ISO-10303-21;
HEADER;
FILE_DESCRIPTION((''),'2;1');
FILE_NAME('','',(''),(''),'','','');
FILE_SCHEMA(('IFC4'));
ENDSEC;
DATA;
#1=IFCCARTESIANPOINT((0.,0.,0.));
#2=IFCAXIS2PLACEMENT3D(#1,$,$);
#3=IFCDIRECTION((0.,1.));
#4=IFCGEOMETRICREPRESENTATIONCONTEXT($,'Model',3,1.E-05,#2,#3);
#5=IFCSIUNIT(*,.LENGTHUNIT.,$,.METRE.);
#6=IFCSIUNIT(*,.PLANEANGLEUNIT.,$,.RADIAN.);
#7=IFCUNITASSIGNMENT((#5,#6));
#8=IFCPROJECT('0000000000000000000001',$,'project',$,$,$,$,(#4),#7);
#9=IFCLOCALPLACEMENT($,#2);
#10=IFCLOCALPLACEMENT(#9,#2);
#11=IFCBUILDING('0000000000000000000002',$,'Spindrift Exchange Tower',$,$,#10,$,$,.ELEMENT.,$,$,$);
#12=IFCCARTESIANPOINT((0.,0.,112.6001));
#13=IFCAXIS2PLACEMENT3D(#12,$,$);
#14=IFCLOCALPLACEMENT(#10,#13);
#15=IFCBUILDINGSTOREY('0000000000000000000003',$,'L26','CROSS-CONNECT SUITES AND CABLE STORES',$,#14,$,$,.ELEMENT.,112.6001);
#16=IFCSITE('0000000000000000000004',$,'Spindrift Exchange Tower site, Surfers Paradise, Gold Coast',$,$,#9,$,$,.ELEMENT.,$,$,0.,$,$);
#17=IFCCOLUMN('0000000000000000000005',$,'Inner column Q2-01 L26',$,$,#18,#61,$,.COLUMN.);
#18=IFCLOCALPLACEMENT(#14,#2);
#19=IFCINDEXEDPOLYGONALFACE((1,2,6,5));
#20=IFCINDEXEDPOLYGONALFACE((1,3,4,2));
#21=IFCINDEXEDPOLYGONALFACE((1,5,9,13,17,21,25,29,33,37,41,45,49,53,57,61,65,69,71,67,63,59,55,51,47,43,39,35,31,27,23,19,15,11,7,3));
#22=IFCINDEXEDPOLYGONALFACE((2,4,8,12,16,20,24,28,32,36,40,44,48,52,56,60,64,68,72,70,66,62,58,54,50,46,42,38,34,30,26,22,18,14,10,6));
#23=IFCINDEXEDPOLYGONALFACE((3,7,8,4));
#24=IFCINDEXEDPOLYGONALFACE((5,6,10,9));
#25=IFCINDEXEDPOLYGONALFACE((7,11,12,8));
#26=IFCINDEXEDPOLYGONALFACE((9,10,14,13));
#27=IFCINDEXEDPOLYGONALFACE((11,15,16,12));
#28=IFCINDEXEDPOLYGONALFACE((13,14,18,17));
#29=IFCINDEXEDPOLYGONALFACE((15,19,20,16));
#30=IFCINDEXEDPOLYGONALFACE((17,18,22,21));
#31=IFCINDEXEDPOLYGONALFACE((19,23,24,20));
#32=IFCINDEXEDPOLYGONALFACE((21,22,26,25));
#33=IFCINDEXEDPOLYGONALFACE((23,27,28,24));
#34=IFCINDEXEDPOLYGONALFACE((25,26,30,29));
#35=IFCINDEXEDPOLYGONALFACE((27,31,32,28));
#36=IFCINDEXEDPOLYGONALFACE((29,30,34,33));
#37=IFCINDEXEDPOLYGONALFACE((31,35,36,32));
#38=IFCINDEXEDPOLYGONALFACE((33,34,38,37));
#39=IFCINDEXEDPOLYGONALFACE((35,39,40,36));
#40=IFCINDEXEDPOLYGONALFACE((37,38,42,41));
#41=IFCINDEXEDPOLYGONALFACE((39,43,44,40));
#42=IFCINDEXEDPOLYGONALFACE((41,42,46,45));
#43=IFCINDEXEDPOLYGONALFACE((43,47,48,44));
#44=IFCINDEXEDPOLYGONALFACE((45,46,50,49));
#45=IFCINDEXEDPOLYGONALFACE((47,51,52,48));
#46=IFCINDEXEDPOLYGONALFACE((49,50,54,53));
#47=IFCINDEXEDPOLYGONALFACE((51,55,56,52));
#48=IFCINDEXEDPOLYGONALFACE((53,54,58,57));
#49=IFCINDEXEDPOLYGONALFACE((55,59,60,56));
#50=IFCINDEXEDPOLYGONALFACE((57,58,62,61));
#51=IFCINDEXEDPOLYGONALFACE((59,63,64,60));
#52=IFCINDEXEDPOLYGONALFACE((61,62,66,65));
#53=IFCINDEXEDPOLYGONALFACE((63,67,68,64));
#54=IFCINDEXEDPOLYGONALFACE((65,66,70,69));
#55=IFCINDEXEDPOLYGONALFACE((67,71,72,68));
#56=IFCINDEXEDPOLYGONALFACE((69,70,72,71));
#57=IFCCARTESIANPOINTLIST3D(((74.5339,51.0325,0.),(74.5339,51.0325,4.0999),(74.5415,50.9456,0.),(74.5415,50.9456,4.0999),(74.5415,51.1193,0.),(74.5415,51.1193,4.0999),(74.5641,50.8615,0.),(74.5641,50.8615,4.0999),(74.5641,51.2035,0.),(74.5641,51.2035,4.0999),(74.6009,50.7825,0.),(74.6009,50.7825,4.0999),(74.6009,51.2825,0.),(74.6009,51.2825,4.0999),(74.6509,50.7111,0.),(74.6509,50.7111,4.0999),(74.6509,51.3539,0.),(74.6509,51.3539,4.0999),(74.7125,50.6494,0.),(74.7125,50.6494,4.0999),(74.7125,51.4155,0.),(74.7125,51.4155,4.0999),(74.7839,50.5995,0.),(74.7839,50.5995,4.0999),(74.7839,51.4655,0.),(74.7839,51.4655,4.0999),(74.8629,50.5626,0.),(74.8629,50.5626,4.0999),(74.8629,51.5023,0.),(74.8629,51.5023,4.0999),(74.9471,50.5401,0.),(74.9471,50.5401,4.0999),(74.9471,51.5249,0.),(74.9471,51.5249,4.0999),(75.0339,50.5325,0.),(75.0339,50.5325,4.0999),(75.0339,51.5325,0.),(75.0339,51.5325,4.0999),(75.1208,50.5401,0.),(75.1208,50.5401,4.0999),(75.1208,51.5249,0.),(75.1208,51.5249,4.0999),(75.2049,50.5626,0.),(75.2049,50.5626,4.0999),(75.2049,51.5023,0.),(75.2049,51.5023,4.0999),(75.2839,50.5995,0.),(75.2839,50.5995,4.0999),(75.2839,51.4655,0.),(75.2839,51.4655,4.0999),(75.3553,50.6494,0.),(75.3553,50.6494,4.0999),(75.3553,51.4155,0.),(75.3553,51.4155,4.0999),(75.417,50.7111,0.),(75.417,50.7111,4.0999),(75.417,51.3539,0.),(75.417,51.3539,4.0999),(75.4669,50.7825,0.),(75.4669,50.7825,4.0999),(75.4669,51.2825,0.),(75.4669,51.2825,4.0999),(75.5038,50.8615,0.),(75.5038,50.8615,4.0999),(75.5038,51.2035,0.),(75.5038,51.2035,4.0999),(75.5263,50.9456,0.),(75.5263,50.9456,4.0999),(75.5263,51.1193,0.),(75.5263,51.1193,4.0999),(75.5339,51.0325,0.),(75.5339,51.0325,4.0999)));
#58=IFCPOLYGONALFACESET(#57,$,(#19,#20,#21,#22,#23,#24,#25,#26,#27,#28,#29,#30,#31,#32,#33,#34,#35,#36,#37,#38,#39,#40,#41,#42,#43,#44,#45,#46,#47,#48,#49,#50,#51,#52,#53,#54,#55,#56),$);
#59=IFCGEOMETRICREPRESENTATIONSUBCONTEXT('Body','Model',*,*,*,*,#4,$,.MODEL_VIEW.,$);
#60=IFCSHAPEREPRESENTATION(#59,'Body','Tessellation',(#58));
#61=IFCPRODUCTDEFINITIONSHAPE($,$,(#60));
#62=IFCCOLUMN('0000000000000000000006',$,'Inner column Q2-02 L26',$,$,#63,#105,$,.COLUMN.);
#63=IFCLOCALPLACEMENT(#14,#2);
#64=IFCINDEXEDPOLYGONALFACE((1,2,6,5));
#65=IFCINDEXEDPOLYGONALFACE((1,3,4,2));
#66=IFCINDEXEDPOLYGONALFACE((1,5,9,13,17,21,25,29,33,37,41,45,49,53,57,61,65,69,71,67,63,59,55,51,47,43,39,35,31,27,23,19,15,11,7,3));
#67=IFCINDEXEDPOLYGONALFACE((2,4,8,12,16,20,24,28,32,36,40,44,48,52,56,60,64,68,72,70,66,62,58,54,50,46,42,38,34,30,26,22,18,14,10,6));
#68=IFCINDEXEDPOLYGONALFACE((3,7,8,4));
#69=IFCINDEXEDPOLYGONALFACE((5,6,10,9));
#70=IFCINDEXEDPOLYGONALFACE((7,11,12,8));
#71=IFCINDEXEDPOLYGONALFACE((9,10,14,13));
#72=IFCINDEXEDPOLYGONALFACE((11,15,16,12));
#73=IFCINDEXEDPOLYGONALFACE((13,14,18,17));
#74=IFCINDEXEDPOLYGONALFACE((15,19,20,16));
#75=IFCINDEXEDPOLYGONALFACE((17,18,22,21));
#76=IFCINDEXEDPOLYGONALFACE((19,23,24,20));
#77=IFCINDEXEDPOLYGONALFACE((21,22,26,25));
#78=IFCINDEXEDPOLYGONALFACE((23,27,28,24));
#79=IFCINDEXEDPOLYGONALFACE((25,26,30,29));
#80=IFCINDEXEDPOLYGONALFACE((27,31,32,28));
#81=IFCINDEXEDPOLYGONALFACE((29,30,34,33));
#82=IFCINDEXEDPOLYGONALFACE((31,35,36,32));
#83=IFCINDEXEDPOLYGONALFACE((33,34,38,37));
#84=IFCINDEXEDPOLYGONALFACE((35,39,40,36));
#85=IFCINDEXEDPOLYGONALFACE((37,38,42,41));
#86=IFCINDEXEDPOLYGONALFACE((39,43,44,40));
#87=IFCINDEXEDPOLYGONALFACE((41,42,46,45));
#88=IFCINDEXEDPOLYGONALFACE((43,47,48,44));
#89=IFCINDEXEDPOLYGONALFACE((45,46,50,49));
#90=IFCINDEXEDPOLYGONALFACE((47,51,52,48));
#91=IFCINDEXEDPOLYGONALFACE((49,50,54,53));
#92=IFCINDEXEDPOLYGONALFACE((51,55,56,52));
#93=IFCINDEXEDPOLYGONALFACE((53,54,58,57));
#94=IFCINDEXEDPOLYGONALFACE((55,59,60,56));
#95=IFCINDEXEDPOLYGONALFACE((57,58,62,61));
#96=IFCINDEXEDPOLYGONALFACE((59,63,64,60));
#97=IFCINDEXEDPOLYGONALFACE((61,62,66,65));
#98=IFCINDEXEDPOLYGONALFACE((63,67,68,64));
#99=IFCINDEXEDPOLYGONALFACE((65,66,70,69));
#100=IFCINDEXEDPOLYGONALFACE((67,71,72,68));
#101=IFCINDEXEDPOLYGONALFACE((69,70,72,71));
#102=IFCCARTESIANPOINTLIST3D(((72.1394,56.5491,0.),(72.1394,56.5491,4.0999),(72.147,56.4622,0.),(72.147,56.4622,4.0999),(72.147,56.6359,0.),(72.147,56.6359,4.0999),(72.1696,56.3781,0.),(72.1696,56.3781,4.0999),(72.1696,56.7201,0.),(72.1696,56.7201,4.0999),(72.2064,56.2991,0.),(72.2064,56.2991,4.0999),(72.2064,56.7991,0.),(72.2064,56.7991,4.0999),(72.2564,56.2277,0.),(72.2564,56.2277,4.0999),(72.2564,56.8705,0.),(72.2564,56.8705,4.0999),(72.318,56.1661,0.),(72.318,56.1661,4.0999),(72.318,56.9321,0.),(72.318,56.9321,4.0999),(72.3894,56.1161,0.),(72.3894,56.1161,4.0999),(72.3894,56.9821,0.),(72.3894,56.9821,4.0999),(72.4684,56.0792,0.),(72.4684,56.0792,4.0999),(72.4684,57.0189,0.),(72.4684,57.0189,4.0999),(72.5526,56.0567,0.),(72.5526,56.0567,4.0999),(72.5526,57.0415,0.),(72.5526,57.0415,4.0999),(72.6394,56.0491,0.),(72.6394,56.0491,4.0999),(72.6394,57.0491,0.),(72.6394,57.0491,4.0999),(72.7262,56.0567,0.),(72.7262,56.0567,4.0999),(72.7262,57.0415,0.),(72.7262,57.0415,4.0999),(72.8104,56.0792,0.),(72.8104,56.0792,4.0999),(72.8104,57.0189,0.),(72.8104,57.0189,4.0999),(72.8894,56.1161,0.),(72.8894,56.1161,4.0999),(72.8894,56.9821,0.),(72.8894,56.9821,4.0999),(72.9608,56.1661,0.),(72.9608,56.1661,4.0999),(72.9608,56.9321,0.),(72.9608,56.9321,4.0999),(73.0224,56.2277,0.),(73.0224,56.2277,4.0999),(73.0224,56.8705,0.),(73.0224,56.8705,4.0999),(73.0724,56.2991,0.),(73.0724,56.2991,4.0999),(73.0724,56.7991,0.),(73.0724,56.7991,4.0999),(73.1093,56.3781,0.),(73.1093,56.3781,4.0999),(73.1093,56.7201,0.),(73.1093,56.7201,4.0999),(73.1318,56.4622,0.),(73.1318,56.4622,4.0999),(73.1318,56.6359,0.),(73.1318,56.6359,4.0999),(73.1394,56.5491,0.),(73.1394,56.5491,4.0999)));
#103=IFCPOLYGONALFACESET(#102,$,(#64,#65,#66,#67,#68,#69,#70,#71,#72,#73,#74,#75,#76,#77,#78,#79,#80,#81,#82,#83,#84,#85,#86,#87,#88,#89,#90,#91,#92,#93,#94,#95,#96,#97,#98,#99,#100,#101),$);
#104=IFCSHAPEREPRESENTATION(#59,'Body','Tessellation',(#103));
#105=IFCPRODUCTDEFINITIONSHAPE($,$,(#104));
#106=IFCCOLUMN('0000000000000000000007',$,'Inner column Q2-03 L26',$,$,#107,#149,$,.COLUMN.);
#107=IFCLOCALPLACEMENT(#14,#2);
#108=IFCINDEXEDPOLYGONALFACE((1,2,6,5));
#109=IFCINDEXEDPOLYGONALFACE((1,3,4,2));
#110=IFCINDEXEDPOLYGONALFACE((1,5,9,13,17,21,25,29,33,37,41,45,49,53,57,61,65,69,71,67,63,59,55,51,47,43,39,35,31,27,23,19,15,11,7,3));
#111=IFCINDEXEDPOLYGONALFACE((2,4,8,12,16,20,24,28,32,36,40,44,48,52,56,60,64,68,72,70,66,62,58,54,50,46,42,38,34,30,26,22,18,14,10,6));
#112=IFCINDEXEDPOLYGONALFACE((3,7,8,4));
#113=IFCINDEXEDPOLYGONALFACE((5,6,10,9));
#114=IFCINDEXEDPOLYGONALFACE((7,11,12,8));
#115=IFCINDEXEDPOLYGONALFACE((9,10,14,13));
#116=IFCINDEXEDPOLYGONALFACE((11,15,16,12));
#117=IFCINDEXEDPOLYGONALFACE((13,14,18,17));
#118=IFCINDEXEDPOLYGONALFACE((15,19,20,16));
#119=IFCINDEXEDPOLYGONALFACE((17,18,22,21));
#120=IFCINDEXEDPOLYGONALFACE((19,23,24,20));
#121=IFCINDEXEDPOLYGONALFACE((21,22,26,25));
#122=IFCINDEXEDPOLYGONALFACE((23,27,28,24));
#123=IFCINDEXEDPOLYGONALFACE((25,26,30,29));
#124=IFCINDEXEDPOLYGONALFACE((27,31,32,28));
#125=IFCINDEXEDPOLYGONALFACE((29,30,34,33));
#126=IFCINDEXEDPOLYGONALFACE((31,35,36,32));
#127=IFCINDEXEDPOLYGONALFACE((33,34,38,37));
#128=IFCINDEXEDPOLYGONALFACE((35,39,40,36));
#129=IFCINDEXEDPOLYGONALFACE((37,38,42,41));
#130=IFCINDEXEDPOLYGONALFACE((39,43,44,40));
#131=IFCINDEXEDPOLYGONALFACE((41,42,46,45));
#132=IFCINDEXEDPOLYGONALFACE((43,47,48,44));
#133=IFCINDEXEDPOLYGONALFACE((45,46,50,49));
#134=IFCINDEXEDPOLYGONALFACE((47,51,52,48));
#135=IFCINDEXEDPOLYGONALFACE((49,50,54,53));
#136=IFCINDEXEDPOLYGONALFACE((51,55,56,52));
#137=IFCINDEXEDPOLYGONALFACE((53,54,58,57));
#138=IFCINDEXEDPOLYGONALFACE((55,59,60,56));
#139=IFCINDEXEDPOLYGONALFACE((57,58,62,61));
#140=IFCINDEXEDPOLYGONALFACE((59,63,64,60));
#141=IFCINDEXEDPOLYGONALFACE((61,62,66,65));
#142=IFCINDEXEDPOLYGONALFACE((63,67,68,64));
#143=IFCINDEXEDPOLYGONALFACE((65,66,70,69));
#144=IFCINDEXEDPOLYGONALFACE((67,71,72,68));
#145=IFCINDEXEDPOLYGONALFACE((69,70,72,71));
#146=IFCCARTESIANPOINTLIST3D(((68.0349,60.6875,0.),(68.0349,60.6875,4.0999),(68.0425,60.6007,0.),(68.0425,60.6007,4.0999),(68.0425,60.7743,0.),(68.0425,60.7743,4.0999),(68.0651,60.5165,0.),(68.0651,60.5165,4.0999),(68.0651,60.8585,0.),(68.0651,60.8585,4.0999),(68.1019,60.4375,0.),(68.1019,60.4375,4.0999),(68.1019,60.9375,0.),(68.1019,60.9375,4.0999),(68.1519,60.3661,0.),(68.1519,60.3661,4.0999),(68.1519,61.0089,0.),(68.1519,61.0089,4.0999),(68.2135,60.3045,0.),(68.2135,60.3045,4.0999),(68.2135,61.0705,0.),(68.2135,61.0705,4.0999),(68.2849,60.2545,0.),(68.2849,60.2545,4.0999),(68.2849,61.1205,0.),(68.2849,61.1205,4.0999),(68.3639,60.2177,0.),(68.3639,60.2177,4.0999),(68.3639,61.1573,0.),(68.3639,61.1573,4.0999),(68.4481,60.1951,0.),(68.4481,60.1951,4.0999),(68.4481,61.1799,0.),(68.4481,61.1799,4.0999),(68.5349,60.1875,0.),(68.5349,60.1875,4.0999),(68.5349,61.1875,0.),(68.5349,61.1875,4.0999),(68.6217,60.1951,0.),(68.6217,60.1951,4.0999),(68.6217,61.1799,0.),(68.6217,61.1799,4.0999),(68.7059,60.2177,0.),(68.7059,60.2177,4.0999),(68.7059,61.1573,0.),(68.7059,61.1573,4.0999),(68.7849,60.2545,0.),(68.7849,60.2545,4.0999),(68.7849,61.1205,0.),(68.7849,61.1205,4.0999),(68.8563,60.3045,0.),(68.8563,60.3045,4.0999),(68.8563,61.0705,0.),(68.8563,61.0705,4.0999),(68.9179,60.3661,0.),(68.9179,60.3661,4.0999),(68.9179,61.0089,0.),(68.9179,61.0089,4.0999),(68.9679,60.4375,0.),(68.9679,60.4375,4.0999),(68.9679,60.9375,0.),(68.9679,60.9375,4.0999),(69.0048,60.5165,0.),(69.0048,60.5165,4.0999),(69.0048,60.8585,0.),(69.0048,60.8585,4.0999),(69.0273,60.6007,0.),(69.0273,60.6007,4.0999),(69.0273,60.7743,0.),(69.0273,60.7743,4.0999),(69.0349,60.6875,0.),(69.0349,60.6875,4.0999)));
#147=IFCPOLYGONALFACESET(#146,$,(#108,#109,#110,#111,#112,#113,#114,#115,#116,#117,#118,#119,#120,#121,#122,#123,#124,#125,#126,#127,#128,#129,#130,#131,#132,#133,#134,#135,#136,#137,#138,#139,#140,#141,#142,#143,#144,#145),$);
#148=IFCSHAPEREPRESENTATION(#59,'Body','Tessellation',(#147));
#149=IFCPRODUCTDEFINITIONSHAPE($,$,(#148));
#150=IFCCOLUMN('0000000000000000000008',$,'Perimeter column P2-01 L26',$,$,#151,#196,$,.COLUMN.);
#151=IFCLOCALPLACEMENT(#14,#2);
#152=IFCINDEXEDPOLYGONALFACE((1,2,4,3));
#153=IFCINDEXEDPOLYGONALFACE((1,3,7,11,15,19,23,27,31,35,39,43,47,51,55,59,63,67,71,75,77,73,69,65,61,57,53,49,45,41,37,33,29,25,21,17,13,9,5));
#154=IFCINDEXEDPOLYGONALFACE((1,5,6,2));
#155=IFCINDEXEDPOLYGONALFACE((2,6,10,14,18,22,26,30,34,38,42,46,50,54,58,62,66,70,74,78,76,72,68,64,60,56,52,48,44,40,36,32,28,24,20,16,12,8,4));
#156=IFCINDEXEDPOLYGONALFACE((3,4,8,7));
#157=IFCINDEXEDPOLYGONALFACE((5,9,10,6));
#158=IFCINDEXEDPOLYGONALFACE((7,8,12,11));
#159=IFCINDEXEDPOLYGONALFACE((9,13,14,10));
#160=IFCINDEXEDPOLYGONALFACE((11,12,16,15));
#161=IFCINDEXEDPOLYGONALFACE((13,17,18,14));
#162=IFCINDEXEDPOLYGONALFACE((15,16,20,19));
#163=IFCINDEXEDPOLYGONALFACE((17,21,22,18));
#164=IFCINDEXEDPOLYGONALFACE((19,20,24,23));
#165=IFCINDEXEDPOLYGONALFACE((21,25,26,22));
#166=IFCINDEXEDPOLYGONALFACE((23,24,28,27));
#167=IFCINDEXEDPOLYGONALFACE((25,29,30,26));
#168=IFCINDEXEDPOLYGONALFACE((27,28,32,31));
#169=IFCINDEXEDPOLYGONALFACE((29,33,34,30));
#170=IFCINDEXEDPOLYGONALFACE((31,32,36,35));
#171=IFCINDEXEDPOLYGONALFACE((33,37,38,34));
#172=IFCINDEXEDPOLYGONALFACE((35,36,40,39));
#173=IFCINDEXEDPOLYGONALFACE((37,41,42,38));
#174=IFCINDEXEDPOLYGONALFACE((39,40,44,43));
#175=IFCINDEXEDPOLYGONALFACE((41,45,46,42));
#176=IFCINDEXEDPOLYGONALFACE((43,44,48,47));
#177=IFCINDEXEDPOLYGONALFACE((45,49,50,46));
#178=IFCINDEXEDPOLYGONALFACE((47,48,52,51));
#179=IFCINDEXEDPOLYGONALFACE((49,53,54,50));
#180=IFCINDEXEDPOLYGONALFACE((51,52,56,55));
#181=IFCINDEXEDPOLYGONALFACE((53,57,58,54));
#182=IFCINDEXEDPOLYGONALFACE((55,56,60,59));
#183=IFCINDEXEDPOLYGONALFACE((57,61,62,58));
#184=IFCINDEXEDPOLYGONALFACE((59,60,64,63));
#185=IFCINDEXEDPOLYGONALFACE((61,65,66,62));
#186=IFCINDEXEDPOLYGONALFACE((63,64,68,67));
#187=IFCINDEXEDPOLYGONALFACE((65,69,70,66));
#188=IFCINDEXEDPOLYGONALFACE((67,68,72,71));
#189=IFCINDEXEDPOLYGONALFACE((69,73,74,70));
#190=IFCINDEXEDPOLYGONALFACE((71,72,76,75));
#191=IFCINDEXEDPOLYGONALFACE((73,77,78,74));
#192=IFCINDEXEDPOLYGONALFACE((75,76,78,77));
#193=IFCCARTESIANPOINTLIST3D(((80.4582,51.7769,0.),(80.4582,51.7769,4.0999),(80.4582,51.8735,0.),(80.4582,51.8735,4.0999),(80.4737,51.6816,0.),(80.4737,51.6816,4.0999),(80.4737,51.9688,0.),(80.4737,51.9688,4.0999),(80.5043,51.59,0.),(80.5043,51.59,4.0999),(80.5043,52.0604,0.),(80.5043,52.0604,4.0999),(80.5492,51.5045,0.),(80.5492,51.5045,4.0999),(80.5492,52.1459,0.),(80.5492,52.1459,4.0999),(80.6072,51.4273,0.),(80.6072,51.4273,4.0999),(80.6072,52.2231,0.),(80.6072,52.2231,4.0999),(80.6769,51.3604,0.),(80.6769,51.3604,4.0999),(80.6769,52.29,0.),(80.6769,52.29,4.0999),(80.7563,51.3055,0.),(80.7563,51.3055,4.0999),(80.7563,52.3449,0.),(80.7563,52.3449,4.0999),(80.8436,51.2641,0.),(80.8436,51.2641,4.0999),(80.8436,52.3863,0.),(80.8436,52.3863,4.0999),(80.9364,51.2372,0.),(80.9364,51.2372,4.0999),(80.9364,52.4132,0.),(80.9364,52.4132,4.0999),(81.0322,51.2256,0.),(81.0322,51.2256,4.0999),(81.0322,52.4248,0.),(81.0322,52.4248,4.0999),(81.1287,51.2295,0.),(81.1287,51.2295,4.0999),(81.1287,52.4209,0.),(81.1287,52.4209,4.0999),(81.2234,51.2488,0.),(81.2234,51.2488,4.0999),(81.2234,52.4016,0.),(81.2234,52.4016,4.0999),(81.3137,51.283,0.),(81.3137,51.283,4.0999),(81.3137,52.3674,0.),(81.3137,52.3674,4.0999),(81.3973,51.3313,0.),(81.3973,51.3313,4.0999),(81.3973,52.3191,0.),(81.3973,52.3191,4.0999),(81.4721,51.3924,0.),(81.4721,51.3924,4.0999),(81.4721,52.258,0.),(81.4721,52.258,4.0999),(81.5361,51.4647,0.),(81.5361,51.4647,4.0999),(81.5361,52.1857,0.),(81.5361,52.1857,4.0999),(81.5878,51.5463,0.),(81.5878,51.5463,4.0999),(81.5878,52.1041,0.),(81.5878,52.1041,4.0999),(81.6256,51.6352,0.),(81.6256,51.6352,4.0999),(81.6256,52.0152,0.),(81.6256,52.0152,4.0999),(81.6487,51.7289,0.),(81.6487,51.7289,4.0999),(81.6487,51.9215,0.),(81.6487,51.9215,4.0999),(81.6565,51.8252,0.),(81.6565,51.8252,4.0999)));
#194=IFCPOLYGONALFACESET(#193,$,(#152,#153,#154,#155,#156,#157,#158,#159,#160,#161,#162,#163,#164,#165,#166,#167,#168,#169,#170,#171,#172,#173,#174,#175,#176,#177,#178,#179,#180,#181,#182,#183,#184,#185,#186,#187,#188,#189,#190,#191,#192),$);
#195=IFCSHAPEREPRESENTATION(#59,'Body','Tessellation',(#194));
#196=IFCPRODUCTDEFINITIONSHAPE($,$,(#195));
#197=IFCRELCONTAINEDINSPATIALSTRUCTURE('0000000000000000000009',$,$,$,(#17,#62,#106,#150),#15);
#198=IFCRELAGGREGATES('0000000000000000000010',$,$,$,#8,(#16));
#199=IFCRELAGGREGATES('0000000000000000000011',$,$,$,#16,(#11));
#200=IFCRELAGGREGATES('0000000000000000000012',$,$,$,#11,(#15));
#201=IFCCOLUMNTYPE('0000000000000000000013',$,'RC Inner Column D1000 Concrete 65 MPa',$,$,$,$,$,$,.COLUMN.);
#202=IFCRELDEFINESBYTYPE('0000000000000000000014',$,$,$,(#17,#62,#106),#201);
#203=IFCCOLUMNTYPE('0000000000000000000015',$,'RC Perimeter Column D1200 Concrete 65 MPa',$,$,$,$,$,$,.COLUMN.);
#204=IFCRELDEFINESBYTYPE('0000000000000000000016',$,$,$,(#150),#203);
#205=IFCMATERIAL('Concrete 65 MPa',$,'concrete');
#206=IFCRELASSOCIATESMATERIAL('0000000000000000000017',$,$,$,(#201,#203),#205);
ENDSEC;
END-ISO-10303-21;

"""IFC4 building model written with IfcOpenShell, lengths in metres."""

from ifc_helpers import new_model, si_unit, direction, frame, origin, origin_2d, place, context, subcontext, project, spatial, circle, extrude, source, transform, mapped, material, material_profile, profile_set, type_object, element, save


model = new_model("IFC4")

# Units and contexts
model_context = context("Model", 3, precision=1e-05, world=origin(), true_north=direction((0.0, 1.0)))
body_context = subcontext(model_context, "Body", "Model", "MODEL_VIEW")
ifc_project = project(units=[si_unit("LENGTHUNIT", "METRE"), si_unit("PLANEANGLEUNIT", "RADIAN")], contexts=[model_context])

# Site, building, storey
site_placement = place(None, origin())
site = spatial("IfcSite", under=ifc_project, at=site_placement, Name="Spindrift Exchange Tower site, Surfers Paradise, Gold Coast", CompositionType="ELEMENT", RefElevation=0.0)
building_placement = place(site_placement, origin())
building = spatial("IfcBuilding", under=site, at=building_placement, Name="Spindrift Exchange Tower", CompositionType="ELEMENT")
storey_placement = place(building_placement, frame((0.0, 0.0, 112.6001)))
storey = spatial("IfcBuildingStorey", under=building, at=storey_placement, Name="L26", Description="CROSS-CONNECT SUITES AND CABLE STORES", CompositionType="ELEMENT", Elevation=112.6001)

# Columns
ifc_material_1 = material(Name="Concrete 65 MPa", Category="concrete")
ifc_material_profile_1 = material_profile(ifc_material_1, circle(Radius=0.5, at=origin_2d()), Name="RC D1000")
ifc_profile_set_1 = profile_set([ifc_material_profile_1], Name="Concrete 65 MPa")
column_type_1 = type_object("IfcColumnType", Name="RC Inner Column D1000 Concrete 65 MPa", PredefinedType="COLUMN", material=ifc_profile_set_1)
shared_shape_1 = source(origin(), body_context, "Body", "SweptSolid", [
    extrude(circle(Radius=0.5, at=origin_2d()), origin(), (0.0, 0.0, 1.0), 4.0999),
])
for number, where, z_axis, x_axis, name in (
    (1, (75.0339, 51.0325, 0.0), (0.0, 0.0, 1.0), (1.0, 0.0, 0.0), "Inner column Q2-01 L26"),
    (2, (72.6394, 56.5491, 0.0), (0.0, 0.0, 1.0), (1.0, 0.0, 0.0), "Inner column Q2-02 L26"),
    (3, (68.5349, 60.6875, 0.0), (0.0, 0.0, 1.0), (1.0, 0.0, 0.0), "Inner column Q2-03 L26"),
):
    element("IfcColumn", number, at=place(storey_placement, frame(where, z_axis=z_axis, x_axis=x_axis)), inside=storey, type_object=column_type_1, Name=name, PredefinedType="COLUMN", context=body_context, shape_type="MappedRepresentation", body=[
        mapped(shared_shape_1, transform((0.0, 0.0, 0.0), scale=1.0)),
    ])
ifc_material_profile_2 = material_profile(ifc_material_1, circle(Radius=0.6001, at=origin_2d()), Name="RC D1200")
ifc_profile_set_2 = profile_set([ifc_material_profile_2], Name="Concrete 65 MPa")
column_type_2 = type_object("IfcColumnType", Name="RC Perimeter Column D1200 Concrete 65 MPa", PredefinedType="COLUMN", material=ifc_profile_set_2)
shared_shape_2 = source(origin(), body_context, "Body", "SweptSolid", [
    extrude(circle(Radius=0.6001, at=origin_2d()), origin(), (0.0, 0.0, 1.0), 4.0999),
])
for number, where, z_axis, x_axis, name in (
    (4, (81.0564, 51.8252, 0.0), (0.0, 0.0, 1.0), (1.0, 0.0, 0.0), "Perimeter column P2-01 L26"),
):
    element("IfcColumn", number, at=place(storey_placement, frame(where, z_axis=z_axis, x_axis=x_axis)), inside=storey, type_object=column_type_2, Name=name, PredefinedType="COLUMN", context=body_context, shape_type="MappedRepresentation", body=[
        mapped(shared_shape_2, transform((0.0, 0.0, 0.0), scale=1.0)),
    ])

save(model, "model.ifc")
